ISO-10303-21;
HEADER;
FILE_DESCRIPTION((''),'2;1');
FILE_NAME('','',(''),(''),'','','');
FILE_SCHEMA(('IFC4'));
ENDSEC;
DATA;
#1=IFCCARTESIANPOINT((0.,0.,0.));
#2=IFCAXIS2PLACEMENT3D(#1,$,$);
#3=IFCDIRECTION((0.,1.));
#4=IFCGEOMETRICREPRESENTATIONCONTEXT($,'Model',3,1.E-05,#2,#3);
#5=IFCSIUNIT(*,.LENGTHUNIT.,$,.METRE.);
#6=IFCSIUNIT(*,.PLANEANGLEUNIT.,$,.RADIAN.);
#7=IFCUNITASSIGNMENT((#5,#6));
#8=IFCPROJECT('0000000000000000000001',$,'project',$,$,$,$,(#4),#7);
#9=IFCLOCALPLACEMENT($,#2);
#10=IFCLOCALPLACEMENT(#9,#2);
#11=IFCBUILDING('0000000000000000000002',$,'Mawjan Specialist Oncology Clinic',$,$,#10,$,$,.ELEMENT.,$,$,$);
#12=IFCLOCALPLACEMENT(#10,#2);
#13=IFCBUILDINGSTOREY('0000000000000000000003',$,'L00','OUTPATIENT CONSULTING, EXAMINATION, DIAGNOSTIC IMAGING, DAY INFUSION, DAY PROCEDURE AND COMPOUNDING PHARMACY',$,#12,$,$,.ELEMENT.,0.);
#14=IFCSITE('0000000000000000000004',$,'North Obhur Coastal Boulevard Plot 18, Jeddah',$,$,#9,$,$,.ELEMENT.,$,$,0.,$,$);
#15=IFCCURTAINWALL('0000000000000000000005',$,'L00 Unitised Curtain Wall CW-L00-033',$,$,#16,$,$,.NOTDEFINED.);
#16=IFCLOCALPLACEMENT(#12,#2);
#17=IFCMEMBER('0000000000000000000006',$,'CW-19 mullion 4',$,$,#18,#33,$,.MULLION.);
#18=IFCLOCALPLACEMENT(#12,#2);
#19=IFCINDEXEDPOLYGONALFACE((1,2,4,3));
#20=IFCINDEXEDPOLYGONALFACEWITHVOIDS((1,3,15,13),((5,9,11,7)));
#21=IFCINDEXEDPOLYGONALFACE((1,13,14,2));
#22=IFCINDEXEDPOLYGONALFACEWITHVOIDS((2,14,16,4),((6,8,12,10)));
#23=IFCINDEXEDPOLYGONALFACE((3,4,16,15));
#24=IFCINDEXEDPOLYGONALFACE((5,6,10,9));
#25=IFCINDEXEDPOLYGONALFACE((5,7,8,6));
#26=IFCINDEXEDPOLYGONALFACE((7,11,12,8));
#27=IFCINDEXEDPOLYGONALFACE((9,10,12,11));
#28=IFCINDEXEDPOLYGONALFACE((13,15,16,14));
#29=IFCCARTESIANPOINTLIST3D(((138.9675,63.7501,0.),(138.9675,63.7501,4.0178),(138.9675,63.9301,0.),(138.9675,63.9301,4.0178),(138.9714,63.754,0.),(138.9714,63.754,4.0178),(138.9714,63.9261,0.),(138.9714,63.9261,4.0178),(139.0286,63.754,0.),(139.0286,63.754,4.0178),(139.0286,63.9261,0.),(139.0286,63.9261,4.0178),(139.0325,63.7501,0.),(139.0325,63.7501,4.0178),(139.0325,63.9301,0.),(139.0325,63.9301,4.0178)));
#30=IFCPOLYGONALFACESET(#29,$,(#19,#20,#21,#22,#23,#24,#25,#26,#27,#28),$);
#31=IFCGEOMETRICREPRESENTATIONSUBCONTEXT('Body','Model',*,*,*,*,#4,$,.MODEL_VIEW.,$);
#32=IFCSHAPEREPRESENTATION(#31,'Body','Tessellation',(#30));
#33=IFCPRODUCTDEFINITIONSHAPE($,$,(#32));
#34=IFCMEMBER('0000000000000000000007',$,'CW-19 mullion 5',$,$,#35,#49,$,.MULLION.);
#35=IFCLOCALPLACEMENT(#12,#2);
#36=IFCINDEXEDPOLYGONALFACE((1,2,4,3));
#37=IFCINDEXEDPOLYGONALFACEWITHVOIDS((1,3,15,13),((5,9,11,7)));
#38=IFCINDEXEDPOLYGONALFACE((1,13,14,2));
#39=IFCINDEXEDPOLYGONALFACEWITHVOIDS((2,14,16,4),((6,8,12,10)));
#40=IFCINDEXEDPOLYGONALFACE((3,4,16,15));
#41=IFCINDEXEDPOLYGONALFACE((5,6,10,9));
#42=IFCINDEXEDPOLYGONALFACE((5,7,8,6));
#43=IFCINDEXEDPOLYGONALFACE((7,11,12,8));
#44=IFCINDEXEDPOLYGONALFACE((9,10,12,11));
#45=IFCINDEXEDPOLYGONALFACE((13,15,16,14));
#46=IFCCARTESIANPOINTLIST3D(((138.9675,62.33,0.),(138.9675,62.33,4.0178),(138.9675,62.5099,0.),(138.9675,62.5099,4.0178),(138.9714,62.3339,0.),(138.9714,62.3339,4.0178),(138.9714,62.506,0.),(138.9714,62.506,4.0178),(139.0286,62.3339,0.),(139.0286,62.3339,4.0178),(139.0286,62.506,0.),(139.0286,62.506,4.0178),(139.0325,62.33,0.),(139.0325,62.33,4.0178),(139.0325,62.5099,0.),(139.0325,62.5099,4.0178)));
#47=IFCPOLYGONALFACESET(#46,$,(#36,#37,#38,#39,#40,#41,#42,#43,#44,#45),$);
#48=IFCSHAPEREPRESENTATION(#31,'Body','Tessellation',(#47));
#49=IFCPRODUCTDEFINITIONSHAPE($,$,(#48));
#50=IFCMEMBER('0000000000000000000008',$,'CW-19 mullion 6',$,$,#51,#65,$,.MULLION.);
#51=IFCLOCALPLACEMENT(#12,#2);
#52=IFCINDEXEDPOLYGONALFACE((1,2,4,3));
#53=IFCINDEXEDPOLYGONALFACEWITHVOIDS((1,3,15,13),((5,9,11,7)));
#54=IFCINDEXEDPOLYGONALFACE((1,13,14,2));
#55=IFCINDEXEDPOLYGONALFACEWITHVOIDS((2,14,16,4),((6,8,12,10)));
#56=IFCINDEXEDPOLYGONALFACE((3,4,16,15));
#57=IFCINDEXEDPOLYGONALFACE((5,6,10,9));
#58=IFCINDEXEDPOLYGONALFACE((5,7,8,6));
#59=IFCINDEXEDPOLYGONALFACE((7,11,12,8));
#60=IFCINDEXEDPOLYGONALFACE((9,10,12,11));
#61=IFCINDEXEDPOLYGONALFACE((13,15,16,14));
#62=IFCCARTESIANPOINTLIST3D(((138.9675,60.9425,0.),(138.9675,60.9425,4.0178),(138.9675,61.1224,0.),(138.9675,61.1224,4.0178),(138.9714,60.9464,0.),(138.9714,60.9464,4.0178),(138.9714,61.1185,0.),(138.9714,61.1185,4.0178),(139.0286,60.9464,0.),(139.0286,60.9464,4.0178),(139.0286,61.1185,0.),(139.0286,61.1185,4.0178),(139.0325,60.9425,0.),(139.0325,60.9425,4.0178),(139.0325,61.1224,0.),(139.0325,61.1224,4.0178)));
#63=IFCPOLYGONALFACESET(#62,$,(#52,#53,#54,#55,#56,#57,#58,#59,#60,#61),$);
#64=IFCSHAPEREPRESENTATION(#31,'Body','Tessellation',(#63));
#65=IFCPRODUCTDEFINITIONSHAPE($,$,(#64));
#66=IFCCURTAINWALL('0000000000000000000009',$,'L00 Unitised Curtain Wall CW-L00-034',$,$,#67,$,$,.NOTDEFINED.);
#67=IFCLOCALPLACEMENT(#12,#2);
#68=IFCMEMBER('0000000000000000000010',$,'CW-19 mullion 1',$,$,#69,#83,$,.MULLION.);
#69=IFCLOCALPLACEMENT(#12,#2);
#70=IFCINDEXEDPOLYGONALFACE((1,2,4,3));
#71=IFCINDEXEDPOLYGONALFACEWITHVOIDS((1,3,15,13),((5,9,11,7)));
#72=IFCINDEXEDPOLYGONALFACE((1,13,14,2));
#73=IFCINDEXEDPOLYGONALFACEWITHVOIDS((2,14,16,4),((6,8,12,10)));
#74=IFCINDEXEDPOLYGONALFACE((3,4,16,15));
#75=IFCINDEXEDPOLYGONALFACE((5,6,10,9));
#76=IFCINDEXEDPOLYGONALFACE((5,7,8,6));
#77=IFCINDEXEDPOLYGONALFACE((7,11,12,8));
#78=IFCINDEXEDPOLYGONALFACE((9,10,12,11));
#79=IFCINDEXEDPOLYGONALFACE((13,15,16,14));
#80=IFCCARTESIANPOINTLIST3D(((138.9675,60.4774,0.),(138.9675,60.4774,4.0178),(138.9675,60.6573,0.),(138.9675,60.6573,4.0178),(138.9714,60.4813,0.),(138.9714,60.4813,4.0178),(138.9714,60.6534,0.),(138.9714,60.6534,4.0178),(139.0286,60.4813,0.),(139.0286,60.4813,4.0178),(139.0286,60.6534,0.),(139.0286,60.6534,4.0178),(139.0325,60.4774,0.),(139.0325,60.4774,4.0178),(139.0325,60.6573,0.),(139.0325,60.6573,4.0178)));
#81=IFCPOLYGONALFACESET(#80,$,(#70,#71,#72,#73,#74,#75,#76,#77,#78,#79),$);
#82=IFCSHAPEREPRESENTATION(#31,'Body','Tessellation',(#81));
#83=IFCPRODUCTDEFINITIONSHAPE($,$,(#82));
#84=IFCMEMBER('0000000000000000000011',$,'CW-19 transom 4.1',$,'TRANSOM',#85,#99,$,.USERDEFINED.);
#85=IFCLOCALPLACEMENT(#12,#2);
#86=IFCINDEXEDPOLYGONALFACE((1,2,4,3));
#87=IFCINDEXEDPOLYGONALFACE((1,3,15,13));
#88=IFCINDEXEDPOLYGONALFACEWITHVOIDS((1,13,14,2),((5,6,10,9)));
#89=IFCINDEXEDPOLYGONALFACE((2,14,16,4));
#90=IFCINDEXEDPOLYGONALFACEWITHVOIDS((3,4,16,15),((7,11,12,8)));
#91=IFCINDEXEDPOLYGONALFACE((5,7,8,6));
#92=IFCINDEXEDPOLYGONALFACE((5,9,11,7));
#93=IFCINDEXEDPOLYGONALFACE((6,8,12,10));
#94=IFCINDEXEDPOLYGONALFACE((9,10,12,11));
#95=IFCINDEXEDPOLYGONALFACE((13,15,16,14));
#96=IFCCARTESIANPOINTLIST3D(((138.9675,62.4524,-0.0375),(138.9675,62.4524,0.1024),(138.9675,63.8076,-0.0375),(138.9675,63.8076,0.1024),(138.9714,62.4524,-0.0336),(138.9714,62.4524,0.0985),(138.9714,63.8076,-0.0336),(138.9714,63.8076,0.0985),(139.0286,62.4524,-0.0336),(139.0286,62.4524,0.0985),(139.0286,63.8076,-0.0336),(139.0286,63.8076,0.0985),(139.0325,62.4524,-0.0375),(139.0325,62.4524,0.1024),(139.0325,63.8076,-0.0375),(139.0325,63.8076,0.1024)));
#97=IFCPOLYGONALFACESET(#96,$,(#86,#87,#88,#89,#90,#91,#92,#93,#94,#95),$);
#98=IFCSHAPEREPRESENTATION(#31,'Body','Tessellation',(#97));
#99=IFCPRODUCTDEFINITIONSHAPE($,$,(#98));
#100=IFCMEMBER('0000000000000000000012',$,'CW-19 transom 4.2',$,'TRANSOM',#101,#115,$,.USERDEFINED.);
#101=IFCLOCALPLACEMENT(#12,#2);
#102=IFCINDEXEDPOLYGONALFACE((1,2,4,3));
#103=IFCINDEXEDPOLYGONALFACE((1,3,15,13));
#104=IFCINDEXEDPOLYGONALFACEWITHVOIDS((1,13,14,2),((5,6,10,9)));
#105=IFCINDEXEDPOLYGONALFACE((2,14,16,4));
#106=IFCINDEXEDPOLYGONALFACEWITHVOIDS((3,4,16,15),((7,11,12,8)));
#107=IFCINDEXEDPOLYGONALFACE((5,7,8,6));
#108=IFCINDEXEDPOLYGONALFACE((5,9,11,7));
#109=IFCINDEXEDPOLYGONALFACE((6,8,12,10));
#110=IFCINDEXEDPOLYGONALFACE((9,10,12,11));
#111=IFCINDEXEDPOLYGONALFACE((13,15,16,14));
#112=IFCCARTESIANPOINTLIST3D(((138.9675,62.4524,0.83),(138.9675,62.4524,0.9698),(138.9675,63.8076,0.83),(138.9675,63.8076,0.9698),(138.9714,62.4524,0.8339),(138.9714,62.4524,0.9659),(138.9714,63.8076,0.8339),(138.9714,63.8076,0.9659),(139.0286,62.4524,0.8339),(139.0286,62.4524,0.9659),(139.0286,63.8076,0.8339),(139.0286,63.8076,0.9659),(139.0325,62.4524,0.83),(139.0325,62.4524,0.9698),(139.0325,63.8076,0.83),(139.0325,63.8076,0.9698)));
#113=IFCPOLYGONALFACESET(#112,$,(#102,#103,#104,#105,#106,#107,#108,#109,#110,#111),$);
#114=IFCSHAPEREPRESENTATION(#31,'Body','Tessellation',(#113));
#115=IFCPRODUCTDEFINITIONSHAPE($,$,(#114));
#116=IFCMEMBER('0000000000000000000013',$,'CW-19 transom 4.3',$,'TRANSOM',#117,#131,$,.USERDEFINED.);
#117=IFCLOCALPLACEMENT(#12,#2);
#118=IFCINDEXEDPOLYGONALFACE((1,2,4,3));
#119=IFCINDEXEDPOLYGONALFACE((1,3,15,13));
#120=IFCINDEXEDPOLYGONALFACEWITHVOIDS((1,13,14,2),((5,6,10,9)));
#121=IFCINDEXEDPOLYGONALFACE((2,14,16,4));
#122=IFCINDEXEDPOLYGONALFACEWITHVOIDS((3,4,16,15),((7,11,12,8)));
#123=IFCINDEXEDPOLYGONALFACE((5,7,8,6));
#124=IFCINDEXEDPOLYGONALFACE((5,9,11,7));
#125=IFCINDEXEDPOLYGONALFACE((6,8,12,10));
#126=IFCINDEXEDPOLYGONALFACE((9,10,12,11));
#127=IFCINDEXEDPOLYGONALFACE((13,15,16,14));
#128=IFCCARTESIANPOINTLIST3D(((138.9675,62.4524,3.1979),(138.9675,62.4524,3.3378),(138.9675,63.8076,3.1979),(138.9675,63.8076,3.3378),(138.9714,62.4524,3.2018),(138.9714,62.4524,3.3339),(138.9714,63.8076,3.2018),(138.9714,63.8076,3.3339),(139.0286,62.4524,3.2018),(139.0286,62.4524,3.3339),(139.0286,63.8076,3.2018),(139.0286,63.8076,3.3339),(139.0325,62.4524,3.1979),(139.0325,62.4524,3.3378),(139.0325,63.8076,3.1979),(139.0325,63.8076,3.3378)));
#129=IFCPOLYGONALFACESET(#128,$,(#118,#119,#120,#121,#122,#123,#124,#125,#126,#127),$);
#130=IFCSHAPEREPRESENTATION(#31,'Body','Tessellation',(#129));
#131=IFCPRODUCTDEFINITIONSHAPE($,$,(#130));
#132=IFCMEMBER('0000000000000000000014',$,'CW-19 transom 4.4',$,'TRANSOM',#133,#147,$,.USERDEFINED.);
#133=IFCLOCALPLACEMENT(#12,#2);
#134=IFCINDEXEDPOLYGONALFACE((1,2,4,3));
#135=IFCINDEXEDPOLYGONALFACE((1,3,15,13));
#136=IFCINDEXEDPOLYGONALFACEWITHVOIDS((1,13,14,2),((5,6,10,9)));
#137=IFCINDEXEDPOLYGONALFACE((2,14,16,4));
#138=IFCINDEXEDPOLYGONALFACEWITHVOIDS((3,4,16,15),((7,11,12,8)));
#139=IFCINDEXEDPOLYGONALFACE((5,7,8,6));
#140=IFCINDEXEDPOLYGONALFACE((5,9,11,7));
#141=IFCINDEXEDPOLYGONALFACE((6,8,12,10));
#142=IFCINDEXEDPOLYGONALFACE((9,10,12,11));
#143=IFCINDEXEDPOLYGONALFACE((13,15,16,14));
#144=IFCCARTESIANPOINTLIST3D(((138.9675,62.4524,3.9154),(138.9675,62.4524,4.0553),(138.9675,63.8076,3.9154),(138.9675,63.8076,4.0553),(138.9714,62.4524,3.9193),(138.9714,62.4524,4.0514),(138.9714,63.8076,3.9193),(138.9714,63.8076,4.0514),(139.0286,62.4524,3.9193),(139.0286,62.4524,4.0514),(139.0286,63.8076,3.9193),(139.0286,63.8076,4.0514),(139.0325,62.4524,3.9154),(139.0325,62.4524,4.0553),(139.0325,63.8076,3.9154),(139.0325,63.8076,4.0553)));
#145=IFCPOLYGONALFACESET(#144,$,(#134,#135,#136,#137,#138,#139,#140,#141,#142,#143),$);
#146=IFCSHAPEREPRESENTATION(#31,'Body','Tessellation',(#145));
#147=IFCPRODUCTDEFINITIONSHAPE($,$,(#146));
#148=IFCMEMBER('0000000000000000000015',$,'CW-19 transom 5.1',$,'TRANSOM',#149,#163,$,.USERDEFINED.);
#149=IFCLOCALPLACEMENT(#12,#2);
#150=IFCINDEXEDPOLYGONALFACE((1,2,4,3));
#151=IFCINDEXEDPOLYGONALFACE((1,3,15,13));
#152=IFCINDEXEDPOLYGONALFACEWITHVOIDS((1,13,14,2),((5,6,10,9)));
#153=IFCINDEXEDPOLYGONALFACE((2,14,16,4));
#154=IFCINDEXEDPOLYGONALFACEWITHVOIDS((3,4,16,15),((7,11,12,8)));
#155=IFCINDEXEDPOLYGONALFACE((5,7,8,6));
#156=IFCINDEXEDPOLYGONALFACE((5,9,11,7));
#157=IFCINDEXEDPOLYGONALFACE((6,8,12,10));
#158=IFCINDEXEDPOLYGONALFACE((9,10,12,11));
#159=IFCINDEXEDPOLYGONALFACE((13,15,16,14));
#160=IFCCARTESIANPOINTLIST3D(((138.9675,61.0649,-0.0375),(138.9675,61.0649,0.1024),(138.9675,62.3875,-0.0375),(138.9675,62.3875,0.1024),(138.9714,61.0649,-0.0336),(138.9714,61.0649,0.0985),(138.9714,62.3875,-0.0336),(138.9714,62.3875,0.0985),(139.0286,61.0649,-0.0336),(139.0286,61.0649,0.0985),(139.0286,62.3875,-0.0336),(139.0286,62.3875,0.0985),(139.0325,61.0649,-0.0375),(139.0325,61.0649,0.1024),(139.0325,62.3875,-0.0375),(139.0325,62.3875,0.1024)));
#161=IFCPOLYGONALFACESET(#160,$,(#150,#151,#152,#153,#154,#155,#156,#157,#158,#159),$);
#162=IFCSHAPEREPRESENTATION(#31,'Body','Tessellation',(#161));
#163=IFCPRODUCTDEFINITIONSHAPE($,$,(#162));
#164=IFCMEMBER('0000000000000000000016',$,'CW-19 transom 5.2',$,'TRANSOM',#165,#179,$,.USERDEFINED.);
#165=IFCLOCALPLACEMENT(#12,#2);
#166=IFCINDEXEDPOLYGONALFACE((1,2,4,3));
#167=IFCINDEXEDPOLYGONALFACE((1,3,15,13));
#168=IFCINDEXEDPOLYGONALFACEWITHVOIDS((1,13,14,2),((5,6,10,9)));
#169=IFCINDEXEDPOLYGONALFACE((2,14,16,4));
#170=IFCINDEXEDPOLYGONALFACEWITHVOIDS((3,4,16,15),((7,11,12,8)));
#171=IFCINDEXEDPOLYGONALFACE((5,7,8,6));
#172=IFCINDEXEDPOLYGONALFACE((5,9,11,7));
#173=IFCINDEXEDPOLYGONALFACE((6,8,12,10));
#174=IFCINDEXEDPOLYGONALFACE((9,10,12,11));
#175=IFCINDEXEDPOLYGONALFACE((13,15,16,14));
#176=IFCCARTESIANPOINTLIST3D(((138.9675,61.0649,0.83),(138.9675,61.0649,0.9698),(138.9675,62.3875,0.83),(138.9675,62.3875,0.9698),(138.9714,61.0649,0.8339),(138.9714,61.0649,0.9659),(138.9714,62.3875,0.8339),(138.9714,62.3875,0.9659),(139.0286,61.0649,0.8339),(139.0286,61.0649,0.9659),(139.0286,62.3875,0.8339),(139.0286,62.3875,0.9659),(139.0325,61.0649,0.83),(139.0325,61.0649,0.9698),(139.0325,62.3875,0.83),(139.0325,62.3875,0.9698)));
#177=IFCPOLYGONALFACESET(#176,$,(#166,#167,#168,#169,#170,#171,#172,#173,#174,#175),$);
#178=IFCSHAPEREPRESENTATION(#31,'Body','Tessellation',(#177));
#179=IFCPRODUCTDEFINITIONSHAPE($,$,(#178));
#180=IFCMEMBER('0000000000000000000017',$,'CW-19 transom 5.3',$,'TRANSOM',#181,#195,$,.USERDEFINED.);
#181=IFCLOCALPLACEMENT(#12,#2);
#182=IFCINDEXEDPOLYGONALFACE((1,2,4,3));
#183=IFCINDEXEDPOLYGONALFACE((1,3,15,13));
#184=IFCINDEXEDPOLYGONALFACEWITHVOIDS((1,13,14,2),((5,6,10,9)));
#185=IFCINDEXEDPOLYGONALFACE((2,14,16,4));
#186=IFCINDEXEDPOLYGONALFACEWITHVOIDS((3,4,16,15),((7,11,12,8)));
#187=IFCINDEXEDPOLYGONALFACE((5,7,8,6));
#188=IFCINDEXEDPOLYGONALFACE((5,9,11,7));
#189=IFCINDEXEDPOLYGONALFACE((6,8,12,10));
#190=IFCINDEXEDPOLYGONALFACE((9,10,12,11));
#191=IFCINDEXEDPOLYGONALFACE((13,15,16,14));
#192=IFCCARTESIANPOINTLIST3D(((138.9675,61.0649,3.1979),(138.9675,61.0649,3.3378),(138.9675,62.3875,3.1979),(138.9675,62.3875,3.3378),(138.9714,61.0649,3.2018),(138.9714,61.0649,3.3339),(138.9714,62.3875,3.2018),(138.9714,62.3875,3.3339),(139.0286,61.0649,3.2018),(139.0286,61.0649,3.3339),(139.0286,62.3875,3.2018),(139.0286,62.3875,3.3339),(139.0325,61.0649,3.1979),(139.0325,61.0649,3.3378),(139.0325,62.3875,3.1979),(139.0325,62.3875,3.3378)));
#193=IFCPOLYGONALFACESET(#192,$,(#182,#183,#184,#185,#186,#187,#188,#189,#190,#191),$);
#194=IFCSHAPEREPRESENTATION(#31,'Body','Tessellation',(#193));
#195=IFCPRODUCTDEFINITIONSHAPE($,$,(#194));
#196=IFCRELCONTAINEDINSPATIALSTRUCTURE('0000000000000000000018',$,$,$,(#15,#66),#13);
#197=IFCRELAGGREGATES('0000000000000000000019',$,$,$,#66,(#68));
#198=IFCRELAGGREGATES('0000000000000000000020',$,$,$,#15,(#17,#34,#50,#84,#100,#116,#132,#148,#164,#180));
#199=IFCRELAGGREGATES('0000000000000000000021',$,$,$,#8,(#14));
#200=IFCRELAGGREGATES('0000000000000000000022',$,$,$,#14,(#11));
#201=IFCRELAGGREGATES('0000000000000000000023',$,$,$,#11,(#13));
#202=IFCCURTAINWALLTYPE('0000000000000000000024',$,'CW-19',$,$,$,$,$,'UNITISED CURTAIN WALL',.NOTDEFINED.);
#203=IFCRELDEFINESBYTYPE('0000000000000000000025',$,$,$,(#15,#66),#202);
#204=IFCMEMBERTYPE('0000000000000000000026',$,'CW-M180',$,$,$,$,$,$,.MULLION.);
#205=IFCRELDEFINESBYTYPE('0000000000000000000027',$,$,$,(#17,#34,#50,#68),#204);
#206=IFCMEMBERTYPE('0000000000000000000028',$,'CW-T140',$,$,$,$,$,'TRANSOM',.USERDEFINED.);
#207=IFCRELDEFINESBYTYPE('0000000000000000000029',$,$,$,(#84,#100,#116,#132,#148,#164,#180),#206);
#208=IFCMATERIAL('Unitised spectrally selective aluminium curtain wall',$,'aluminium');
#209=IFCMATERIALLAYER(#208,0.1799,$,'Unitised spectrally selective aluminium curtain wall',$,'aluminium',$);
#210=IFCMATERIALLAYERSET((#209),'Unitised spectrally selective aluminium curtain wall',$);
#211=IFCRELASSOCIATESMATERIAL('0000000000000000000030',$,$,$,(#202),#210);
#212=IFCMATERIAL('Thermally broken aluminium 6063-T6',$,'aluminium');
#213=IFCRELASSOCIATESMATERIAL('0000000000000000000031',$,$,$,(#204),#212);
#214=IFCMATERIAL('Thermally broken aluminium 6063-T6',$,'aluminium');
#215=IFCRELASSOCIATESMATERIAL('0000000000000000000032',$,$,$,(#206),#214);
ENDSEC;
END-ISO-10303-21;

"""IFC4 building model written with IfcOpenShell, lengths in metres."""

from ifc_helpers import new_model, si_unit, direction, frame, origin, origin_2d, place, context, subcontext, project, spatial, hollow_rectangle, extrude, material, layer, layer_set, material_profile, profile_set, type_object, element, aggregate, save


model = new_model("IFC4")

# Units and contexts
model_context = context("Model", 3, precision=1e-05, world=origin(), true_north=direction((0.0, 1.0)))
body_context = subcontext(model_context, "Body", "Model", "MODEL_VIEW")
ifc_project = project(units=[si_unit("LENGTHUNIT", "METRE"), si_unit("PLANEANGLEUNIT", "RADIAN")], contexts=[model_context])

# Site, building, storey
site_placement = place(None, origin())
site = spatial("IfcSite", under=ifc_project, at=site_placement, Name="North Obhur Coastal Boulevard Plot 18, Jeddah", CompositionType="ELEMENT", RefElevation=0.0)
building_placement = place(site_placement, origin())
building = spatial("IfcBuilding", under=site, at=building_placement, Name="Mawjan Specialist Oncology Clinic", CompositionType="ELEMENT")
storey_placement = place(building_placement, origin())
storey = spatial("IfcBuildingStorey", under=building, at=storey_placement, Name="L00", Description="OUTPATIENT CONSULTING, EXAMINATION, DIAGNOSTIC IMAGING, DAY INFUSION, DAY PROCEDURE AND COMPOUNDING PHARMACY", CompositionType="ELEMENT", Elevation=0.0)

# Curtain wall, members
ifc_material_1 = material(Name="Unitised spectrally selective aluminium curtain wall", Category="aluminium")
ifc_layer_1 = layer(ifc_material_1, 0.1799, Name="Unitised spectrally selective aluminium curtain wall", Category="aluminium")
ifc_layer_set_1 = layer_set([ifc_layer_1], Name="Unitised spectrally selective aluminium curtain wall")
curtain_wall_type = type_object("IfcCurtainWallType", Name="CW-19", ElementType="UNITISED CURTAIN WALL", PredefinedType="NOTDEFINED", material=ifc_layer_set_1)
curtain_wall_1_placement = place(storey_placement, origin())
curtain_wall_1 = element("IfcCurtainWall", 1, at=curtain_wall_1_placement, inside=storey, type_object=curtain_wall_type, Name="L00 Unitised Curtain Wall CW-L00-033", PredefinedType="NOTDEFINED")
ifc_material_2 = material(Name="Thermally broken aluminium 6063-T6", Category="aluminium")
ifc_material_profile_1 = material_profile(ifc_material_2, hollow_rectangle(XDim=0.0649, YDim=0.1799, WallThickness=0.0039, at=origin_2d()), Name="ALU MULLION 180x65x4", Category="aluminium")
ifc_profile_set_1 = profile_set([ifc_material_profile_1], Name="Thermally broken aluminium 6063-T6")
member_type_1 = type_object("IfcMemberType", Name="CW-M180", PredefinedType="MULLION", material=ifc_profile_set_1)
member_1_placement = place(storey_placement, frame((139.0, 63.8401, 0.0), z_axis=(0.0, 0.0, 1.0), x_axis=(1.0, 0.0, 0.0)))
member_1 = element("IfcMember", 2, at=member_1_placement, type_object=member_type_1, Name="CW-19 mullion 4", PredefinedType="MULLION", context=body_context, shape_type="SweptSolid", body=[
    extrude(hollow_rectangle(XDim=0.0649, YDim=0.1799, WallThickness=0.0039, at=origin_2d()), origin(), (0.0, 0.0, 1.0), 4.0178),
])
member_2_placement = place(storey_placement, frame((139.0, 62.4199, 0.0), z_axis=(0.0, 0.0, 1.0), x_axis=(1.0, 0.0, 0.0)))
member_2 = element("IfcMember", 3, at=member_2_placement, type_object=member_type_1, Name="CW-19 mullion 5", PredefinedType="MULLION", context=body_context, shape_type="SweptSolid", body=[
    extrude(hollow_rectangle(XDim=0.0649, YDim=0.1799, WallThickness=0.0039, at=origin_2d()), origin(), (0.0, 0.0, 1.0), 4.0178),
])
member_3_placement = place(storey_placement, frame((139.0, 61.0325, 0.0), z_axis=(0.0, 0.0, 1.0), x_axis=(1.0, 0.0, 0.0)))
member_3 = element("IfcMember", 4, at=member_3_placement, type_object=member_type_1, Name="CW-19 mullion 6", PredefinedType="MULLION", context=body_context, shape_type="SweptSolid", body=[
    extrude(hollow_rectangle(XDim=0.0649, YDim=0.1799, WallThickness=0.0039, at=origin_2d()), origin(), (0.0, 0.0, 1.0), 4.0178),
])

# Curtain wall, member
curtain_wall_2_placement = place(storey_placement, origin())
curtain_wall_2 = element("IfcCurtainWall", 5, at=curtain_wall_2_placement, inside=storey, type_object=curtain_wall_type, Name="L00 Unitised Curtain Wall CW-L00-034", PredefinedType="NOTDEFINED")
member_4_placement = place(storey_placement, frame((139.0, 60.5674, 0.0), z_axis=(0.0, 0.0, 1.0), x_axis=(1.0, 0.0, 0.0)))
member_4 = element("IfcMember", 6, at=member_4_placement, type_object=member_type_1, Name="CW-19 mullion 1", PredefinedType="MULLION", context=body_context, shape_type="SweptSolid", body=[
    extrude(hollow_rectangle(XDim=0.0649, YDim=0.1799, WallThickness=0.0039, at=origin_2d()), origin(), (0.0, 0.0, 1.0), 4.0178),
])

# Members
ifc_material_3 = material(Name="Thermally broken aluminium 6063-T6", Category="aluminium")
ifc_material_profile_2 = material_profile(ifc_material_3, hollow_rectangle(XDim=0.0649, YDim=0.1399, WallThickness=0.0039, at=origin_2d()), Name="ALU TRANSOM 140x65x4", Category="aluminium")
ifc_profile_set_2 = profile_set([ifc_material_profile_2], Name="Thermally broken aluminium 6063-T6")
member_type_2 = type_object("IfcMemberType", Name="CW-T140", ElementType="TRANSOM", PredefinedType="USERDEFINED", material=ifc_profile_set_2)
member_5_placement = place(storey_placement, frame((139.0, 63.8076, 0.0325), z_axis=(0.0, -1.0, 0.0), x_axis=(1.0, 0.0, 0.0)))
member_5 = element("IfcMember", 7, at=member_5_placement, type_object=member_type_2, Name="CW-19 transom 4.1", ObjectType="TRANSOM", PredefinedType="USERDEFINED", context=body_context, shape_type="SweptSolid", body=[
    extrude(hollow_rectangle(XDim=0.0649, YDim=0.1399, WallThickness=0.0039, at=origin_2d()), origin(), (0.0, 0.0, 1.0), 1.3552),
])
member_6_placement = place(storey_placement, frame((139.0, 63.8076, 0.8999), z_axis=(0.0, -1.0, 0.0), x_axis=(1.0, 0.0, 0.0)))
member_6 = element("IfcMember", 8, at=member_6_placement, type_object=member_type_2, Name="CW-19 transom 4.2", ObjectType="TRANSOM", PredefinedType="USERDEFINED", context=body_context, shape_type="SweptSolid", body=[
    extrude(hollow_rectangle(XDim=0.0649, YDim=0.1399, WallThickness=0.0039, at=origin_2d()), origin(), (0.0, 0.0, 1.0), 1.3552),
])
member_7_placement = place(storey_placement, frame((139.0, 63.8076, 3.2678), z_axis=(0.0, -1.0, 0.0), x_axis=(1.0, 0.0, 0.0)))
member_7 = element("IfcMember", 9, at=member_7_placement, type_object=member_type_2, Name="CW-19 transom 4.3", ObjectType="TRANSOM", PredefinedType="USERDEFINED", context=body_context, shape_type="SweptSolid", body=[
    extrude(hollow_rectangle(XDim=0.0649, YDim=0.1399, WallThickness=0.0039, at=origin_2d()), origin(), (0.0, 0.0, 1.0), 1.3552),
])
member_8_placement = place(storey_placement, frame((139.0, 63.8076, 3.9854), z_axis=(0.0, -1.0, 0.0), x_axis=(1.0, 0.0, 0.0)))
member_8 = element("IfcMember", 10, at=member_8_placement, type_object=member_type_2, Name="CW-19 transom 4.4", ObjectType="TRANSOM", PredefinedType="USERDEFINED", context=body_context, shape_type="SweptSolid", body=[
    extrude(hollow_rectangle(XDim=0.0649, YDim=0.1399, WallThickness=0.0039, at=origin_2d()), origin(), (0.0, 0.0, 1.0), 1.3552),
])
member_9_placement = place(storey_placement, frame((139.0, 62.3875, 0.0325), z_axis=(0.0, -1.0, 0.0), x_axis=(1.0, 0.0, 0.0)))
member_9 = element("IfcMember", 11, at=member_9_placement, type_object=member_type_2, Name="CW-19 transom 5.1", ObjectType="TRANSOM", PredefinedType="USERDEFINED", context=body_context, shape_type="SweptSolid", body=[
    extrude(hollow_rectangle(XDim=0.0649, YDim=0.1399, WallThickness=0.0039, at=origin_2d()), origin(), (0.0, 0.0, 1.0), 1.3225),
])
member_10_placement = place(storey_placement, frame((139.0, 62.3875, 0.8999), z_axis=(0.0, -1.0, 0.0), x_axis=(1.0, 0.0, 0.0)))
member_10 = element("IfcMember", 12, at=member_10_placement, type_object=member_type_2, Name="CW-19 transom 5.2", ObjectType="TRANSOM", PredefinedType="USERDEFINED", context=body_context, shape_type="SweptSolid", body=[
    extrude(hollow_rectangle(XDim=0.0649, YDim=0.1399, WallThickness=0.0039, at=origin_2d()), origin(), (0.0, 0.0, 1.0), 1.3225),
])
member_11_placement = place(storey_placement, frame((139.0, 62.3875, 3.2678), z_axis=(0.0, -1.0, 0.0), x_axis=(1.0, 0.0, 0.0)))
member_11 = element("IfcMember", 13, at=member_11_placement, type_object=member_type_2, Name="CW-19 transom 5.3", ObjectType="TRANSOM", PredefinedType="USERDEFINED", context=body_context, shape_type="SweptSolid", body=[
    extrude(hollow_rectangle(XDim=0.0649, YDim=0.1399, WallThickness=0.0039, at=origin_2d()), origin(), (0.0, 0.0, 1.0), 1.3225),
])
aggregate(curtain_wall_2, [member_4])

aggregate(curtain_wall_1, [member_1, member_2, member_3, member_5, member_6, member_7, member_8, member_9, member_10, member_11])

save(model, "model.ifc")
